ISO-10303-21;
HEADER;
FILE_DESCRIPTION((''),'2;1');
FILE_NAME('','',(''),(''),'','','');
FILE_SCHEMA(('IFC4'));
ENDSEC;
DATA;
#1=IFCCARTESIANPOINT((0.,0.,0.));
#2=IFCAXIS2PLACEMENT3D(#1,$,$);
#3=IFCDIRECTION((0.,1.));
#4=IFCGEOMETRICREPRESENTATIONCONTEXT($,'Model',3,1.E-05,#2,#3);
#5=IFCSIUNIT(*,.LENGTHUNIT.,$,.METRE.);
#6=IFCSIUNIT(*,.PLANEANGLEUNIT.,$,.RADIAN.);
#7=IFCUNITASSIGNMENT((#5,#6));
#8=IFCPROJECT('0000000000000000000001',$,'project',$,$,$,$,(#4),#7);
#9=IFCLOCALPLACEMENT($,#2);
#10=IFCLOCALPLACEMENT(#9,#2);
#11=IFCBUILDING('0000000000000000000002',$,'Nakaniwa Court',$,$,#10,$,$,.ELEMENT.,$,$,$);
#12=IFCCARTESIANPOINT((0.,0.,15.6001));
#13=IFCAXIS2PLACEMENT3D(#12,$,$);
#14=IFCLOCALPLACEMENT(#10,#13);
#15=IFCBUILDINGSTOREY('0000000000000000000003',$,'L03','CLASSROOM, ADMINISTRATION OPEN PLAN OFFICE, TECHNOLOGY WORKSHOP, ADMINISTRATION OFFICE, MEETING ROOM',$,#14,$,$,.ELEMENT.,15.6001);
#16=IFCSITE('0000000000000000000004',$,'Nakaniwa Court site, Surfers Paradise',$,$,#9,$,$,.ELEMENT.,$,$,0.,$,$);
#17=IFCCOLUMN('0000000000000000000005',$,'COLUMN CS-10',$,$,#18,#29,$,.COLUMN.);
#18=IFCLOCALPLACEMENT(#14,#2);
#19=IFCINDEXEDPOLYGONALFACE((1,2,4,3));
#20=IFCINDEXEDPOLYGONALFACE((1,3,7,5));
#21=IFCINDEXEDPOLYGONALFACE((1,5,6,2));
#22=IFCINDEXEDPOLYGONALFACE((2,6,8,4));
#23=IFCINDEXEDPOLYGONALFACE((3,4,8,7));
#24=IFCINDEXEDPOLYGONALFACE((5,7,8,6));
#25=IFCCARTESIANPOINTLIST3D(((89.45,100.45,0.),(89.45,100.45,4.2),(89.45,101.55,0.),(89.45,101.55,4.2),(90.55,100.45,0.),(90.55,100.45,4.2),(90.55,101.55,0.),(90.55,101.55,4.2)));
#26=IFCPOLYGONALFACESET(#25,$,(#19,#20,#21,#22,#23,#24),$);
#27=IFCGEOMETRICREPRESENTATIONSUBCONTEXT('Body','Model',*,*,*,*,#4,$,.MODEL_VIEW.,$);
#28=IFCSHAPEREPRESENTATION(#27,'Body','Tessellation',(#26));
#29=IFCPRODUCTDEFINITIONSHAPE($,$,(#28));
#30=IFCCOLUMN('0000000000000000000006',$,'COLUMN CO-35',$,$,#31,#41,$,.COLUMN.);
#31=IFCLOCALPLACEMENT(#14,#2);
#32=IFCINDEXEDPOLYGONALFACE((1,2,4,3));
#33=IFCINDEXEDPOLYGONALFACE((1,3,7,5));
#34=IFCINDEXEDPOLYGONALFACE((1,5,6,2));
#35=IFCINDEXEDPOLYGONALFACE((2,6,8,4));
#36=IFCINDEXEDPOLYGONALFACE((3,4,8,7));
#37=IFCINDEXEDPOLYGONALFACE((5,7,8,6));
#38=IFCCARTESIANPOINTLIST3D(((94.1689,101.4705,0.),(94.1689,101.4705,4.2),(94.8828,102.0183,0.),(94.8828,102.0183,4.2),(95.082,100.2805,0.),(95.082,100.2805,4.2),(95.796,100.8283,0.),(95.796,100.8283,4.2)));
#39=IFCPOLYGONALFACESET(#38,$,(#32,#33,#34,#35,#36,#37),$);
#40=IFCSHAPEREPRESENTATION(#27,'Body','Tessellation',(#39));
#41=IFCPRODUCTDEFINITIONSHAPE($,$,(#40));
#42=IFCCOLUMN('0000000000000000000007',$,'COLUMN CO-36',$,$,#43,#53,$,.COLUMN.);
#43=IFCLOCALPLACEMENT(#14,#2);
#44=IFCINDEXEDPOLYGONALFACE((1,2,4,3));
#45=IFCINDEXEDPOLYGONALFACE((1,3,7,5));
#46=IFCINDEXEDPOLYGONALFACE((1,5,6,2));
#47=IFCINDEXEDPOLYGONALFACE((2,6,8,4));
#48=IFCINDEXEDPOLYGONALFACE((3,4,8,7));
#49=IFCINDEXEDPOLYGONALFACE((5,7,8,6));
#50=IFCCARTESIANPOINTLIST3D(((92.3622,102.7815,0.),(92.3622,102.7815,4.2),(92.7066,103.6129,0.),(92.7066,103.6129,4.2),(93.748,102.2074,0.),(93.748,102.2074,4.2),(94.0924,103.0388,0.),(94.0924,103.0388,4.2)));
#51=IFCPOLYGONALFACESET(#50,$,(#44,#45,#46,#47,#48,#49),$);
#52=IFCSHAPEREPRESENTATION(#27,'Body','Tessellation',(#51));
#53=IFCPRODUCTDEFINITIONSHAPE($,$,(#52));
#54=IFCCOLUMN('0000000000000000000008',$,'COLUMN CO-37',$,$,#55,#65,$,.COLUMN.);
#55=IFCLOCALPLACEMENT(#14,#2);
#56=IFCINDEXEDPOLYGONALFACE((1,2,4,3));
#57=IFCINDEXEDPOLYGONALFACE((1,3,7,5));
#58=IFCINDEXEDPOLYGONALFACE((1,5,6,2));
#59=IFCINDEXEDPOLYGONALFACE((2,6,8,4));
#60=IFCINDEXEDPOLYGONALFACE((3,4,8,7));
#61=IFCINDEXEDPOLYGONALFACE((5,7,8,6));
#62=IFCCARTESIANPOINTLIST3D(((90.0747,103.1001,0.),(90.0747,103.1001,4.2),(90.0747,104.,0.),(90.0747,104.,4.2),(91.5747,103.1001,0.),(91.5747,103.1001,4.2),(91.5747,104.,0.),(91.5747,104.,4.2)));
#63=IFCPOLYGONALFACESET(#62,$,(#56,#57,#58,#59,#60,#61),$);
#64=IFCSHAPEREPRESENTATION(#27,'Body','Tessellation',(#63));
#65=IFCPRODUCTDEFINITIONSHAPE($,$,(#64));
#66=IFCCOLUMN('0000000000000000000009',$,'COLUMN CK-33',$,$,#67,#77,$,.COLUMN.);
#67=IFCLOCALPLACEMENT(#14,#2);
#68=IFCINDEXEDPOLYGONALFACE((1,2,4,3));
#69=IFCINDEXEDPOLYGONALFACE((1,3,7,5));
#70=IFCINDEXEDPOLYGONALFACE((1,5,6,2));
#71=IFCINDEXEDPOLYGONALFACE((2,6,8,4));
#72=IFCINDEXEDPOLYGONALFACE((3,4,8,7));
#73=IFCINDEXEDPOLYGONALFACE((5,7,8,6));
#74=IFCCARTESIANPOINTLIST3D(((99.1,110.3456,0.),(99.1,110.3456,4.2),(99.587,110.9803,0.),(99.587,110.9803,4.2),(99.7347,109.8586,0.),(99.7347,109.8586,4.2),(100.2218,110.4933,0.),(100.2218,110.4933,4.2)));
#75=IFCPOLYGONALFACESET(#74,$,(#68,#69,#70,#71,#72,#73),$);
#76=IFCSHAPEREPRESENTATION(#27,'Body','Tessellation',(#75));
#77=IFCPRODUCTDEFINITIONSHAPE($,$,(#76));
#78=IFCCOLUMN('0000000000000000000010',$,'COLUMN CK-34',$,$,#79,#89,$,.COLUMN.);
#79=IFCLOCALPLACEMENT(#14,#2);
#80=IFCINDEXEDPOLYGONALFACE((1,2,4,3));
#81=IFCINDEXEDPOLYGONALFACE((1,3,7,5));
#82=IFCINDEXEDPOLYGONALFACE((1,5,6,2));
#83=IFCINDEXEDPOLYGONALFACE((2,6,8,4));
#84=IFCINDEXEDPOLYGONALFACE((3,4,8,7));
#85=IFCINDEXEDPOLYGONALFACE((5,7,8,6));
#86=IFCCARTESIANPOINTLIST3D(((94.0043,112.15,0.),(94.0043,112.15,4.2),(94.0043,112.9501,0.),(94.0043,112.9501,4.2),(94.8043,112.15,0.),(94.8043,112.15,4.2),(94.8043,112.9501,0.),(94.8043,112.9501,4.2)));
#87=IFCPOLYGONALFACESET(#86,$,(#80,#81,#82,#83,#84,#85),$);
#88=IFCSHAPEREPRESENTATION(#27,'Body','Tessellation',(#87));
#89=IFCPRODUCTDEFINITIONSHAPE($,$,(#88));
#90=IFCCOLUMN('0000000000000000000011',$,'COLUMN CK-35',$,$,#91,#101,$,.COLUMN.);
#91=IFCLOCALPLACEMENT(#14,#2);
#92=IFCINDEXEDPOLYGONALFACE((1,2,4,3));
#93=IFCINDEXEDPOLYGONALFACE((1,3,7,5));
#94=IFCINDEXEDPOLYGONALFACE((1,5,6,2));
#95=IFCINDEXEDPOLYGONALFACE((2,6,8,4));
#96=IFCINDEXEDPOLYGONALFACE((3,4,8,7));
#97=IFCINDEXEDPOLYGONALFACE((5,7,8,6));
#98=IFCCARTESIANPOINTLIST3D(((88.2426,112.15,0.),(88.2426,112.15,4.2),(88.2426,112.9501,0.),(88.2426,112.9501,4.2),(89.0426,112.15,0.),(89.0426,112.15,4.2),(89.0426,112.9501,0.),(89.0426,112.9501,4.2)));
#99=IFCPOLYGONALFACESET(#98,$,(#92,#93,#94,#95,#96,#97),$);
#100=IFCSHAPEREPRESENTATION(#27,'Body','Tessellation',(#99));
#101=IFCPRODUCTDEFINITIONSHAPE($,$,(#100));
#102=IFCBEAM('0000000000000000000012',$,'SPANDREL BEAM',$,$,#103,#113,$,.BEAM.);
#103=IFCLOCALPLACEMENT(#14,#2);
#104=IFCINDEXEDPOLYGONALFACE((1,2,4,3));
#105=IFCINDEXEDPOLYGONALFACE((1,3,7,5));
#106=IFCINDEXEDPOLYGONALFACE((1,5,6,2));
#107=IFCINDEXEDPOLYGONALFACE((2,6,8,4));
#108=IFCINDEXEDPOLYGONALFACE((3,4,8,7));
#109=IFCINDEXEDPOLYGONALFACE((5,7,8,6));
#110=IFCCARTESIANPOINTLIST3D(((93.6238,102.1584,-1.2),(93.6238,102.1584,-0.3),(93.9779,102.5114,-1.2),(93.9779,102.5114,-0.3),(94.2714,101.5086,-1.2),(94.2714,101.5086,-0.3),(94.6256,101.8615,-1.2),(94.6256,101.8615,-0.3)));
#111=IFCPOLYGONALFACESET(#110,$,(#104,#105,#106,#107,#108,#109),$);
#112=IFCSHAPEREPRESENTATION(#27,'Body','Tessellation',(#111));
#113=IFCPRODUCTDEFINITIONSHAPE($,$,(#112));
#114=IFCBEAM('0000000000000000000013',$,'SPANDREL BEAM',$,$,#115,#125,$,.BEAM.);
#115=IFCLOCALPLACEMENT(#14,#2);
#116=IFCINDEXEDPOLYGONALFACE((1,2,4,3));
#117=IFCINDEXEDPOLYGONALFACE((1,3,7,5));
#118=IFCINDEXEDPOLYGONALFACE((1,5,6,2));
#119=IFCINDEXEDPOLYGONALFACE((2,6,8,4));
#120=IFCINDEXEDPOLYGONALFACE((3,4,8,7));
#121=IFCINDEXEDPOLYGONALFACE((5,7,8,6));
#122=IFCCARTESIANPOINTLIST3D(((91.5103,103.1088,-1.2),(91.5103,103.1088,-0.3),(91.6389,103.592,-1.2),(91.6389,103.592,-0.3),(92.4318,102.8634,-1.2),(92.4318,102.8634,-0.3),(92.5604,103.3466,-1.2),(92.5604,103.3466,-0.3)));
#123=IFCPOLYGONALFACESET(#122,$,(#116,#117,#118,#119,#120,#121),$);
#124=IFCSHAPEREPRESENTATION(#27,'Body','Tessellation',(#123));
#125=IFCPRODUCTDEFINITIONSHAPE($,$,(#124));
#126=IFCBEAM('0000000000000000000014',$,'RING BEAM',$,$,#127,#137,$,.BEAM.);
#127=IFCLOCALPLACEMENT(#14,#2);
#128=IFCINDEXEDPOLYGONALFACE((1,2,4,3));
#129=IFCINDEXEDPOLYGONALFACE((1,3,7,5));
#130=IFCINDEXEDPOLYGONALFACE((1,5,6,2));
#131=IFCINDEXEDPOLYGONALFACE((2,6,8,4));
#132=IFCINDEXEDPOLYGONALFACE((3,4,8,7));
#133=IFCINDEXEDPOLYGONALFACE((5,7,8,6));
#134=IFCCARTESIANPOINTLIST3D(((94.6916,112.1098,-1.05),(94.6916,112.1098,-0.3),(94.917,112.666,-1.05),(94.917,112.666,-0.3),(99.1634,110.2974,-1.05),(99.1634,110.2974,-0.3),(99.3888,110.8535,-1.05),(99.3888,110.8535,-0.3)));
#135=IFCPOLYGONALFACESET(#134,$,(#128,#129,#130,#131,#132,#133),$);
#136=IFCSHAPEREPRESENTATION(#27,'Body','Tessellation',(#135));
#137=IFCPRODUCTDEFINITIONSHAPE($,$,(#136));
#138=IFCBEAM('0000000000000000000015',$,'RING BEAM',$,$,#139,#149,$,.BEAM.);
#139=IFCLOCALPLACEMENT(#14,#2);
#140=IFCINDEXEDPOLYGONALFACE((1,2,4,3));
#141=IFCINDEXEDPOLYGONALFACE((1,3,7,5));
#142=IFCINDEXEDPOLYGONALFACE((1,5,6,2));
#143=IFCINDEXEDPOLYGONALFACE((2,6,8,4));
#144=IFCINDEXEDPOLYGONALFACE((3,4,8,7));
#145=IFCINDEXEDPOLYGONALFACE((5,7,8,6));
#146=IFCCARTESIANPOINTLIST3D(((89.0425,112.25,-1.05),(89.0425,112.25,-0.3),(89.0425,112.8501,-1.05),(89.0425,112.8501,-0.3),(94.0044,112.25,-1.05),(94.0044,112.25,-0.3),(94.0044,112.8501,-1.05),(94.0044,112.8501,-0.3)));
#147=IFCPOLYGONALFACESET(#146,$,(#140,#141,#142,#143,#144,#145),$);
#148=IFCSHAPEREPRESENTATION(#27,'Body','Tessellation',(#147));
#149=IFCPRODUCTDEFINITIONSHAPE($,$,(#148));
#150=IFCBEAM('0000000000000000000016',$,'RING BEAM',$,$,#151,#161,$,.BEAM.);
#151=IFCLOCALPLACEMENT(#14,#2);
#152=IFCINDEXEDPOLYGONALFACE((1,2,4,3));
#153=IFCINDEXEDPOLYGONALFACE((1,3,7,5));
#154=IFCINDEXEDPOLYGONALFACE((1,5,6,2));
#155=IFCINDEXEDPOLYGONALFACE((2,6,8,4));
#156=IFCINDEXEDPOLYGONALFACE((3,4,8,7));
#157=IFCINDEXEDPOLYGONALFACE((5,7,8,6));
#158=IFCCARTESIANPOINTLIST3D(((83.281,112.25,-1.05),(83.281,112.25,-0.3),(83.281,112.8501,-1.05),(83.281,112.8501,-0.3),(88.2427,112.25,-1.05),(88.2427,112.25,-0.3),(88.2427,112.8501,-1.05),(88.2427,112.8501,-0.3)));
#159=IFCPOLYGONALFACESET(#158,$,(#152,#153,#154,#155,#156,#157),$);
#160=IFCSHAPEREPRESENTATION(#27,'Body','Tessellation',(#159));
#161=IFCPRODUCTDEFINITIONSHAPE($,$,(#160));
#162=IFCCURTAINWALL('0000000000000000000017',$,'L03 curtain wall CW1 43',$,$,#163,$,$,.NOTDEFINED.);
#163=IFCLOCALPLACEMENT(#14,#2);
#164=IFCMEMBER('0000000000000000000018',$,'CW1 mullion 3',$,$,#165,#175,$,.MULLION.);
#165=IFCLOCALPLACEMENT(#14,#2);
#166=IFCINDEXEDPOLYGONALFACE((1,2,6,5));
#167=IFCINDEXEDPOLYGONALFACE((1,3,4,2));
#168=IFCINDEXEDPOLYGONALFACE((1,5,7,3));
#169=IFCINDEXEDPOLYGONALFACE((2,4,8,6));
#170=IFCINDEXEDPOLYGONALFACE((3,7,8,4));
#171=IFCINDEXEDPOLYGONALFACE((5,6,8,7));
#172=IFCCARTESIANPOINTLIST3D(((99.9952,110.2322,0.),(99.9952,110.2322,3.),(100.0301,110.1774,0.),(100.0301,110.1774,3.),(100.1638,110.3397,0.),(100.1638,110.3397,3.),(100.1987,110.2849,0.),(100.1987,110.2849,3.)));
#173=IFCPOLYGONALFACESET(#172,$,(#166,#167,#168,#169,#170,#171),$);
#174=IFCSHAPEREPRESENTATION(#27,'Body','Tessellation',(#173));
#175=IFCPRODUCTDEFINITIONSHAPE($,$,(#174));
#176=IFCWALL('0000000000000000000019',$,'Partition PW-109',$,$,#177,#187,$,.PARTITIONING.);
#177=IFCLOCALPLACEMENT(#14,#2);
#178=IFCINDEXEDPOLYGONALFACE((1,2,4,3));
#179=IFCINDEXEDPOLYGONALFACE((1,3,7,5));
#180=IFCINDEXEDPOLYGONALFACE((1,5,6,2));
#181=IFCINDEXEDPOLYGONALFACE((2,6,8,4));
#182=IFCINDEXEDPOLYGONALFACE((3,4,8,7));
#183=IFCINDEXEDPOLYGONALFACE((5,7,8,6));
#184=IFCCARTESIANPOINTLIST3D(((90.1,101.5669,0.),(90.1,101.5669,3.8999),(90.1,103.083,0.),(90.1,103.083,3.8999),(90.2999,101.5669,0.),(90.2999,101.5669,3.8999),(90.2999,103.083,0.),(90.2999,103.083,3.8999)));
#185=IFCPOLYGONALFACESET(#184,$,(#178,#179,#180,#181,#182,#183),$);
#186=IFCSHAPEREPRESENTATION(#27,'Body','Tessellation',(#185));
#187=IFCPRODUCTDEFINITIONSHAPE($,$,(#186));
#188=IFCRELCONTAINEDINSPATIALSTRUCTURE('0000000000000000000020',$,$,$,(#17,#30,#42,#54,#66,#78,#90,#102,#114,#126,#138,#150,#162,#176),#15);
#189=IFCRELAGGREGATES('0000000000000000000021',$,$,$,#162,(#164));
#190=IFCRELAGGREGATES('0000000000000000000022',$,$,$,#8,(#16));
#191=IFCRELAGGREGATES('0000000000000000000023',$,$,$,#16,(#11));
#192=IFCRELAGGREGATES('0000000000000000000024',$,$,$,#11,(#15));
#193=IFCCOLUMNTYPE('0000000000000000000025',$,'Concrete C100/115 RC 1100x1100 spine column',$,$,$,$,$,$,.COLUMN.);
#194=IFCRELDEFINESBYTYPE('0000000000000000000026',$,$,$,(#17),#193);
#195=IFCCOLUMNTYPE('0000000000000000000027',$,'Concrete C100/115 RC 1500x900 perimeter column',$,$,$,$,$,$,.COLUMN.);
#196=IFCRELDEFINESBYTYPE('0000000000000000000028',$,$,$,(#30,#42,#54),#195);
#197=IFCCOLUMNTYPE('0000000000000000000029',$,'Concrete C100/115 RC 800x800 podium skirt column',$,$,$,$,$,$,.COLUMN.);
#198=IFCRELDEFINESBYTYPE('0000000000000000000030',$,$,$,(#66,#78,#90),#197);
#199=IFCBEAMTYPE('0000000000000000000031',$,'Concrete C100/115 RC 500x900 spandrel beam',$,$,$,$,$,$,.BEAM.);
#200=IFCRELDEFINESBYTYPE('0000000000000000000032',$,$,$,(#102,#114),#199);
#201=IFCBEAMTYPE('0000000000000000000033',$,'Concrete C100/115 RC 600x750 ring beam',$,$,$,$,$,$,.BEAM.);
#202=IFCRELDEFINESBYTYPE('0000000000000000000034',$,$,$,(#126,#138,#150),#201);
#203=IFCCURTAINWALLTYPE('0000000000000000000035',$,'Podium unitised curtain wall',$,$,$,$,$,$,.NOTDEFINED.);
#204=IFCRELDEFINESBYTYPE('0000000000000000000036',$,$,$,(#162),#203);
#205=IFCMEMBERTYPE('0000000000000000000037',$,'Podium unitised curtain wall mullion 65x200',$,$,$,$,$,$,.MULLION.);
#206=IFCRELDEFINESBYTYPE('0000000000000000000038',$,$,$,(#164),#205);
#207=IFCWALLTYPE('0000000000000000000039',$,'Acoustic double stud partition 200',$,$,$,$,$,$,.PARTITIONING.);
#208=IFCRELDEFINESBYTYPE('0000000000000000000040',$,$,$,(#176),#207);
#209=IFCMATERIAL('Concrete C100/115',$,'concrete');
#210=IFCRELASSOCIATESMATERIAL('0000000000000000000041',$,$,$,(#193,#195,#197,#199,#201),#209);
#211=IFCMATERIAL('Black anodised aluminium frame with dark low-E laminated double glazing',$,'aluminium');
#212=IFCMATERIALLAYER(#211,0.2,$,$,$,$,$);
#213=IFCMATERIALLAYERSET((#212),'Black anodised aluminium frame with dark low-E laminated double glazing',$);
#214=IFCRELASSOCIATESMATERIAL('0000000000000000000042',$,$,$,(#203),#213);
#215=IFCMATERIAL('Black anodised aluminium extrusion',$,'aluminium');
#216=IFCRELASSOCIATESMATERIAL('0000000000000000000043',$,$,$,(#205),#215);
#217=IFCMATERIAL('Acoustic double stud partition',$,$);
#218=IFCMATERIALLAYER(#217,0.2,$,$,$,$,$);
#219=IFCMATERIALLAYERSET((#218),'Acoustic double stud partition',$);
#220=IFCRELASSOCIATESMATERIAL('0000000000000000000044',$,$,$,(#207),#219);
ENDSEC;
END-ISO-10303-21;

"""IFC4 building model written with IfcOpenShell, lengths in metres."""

from ifc_helpers import new_model, si_unit, direction, frame, frame_2d, origin, origin_2d, place, context, subcontext, project, spatial, rectangle, extrude, material, layer, layer_set, material_profile, profile_set, type_object, element, aggregate, save


model = new_model("IFC4")

# Units and contexts
model_context = context("Model", 3, precision=1e-05, world=origin(), true_north=direction((0.0, 1.0)))
body_context = subcontext(model_context, "Body", "Model", "MODEL_VIEW")
ifc_project = project(units=[si_unit("LENGTHUNIT", "METRE"), si_unit("PLANEANGLEUNIT", "RADIAN")], contexts=[model_context])

# Site, building, storey
site_placement = place(None, origin())
site = spatial("IfcSite", under=ifc_project, at=site_placement, Name="Nakaniwa Court site, Surfers Paradise", CompositionType="ELEMENT", RefElevation=0.0)
building_placement = place(site_placement, origin())
building = spatial("IfcBuilding", under=site, at=building_placement, Name="Nakaniwa Court", CompositionType="ELEMENT")
storey_placement = place(building_placement, frame((0.0, 0.0, 15.6001)))
storey = spatial("IfcBuildingStorey", under=building, at=storey_placement, Name="L03", Description="CLASSROOM, ADMINISTRATION OPEN PLAN OFFICE, TECHNOLOGY WORKSHOP, ADMINISTRATION OFFICE, MEETING ROOM", CompositionType="ELEMENT", Elevation=15.6001)

# Columns
ifc_material_1 = material(Name="Concrete C100/115", Category="concrete")
ifc_material_profile_1 = material_profile(ifc_material_1, rectangle(XDim=1.1001, YDim=1.1001, at=origin_2d()), Name="Concrete C100/115 RC 1100x1100 spine column")
ifc_profile_set_1 = profile_set([ifc_material_profile_1], Name="Concrete C100/115")
column_type_1 = type_object("IfcColumnType", Name="Concrete C100/115 RC 1100x1100 spine column", PredefinedType="COLUMN", material=ifc_profile_set_1)
column_placement = place(storey_placement, frame((90.0, 101.0, 0.0), z_axis=(0.0, 0.0, 1.0), x_axis=(0.0, 1.0, 0.0)))
element("IfcColumn", 1, at=column_placement, inside=storey, type_object=column_type_1, Name="COLUMN CS-10", PredefinedType="COLUMN", context=body_context, shape_type="SweptSolid", body=[
    extrude(rectangle(XDim=1.1001, YDim=1.1001, at=origin_2d()), origin(), (0.0, 0.0, 1.0), 4.2),
])
ifc_material_profile_2 = material_profile(ifc_material_1, rectangle(XDim=1.5, YDim=0.8999, at=origin_2d()), Name="Concrete C100/115 RC 1500x900 perimeter column")
ifc_profile_set_2 = profile_set([ifc_material_profile_2], Name="Concrete C100/115")
column_type_2 = type_object("IfcColumnType", Name="Concrete C100/115 RC 1500x900 perimeter column", PredefinedType="COLUMN", material=ifc_profile_set_2)
for number, where, z_axis, x_axis, name in (
    (2, (94.9824, 101.1494, 0.0), (0.0, 0.0, 1.0), (-0.608761, 0.793353, 0.0), "COLUMN CO-35"),
    (3, (93.2273, 102.9102, 0.0), (0.0, 0.0, 1.0), (-0.92388, 0.382683, 0.0), "COLUMN CO-36"),
    (4, (90.8247, 103.55, 0.0), (0.0, 0.0, 1.0), (-1.0, 0.0, 0.0), "COLUMN CO-37"),
):
    element("IfcColumn", number, at=place(storey_placement, frame(where, z_axis=z_axis, x_axis=x_axis)), inside=storey, type_object=column_type_2, Name=name, PredefinedType="COLUMN", context=body_context, shape_type="SweptSolid", body=[
        extrude(rectangle(XDim=1.5, YDim=0.8999, at=origin_2d()), origin(), (0.0, 0.0, 1.0), 4.2),
    ])
ifc_material_profile_3 = material_profile(ifc_material_1, rectangle(XDim=0.8, YDim=0.8, at=origin_2d()), Name="Concrete C100/115 RC 800x800 podium skirt column")
ifc_profile_set_3 = profile_set([ifc_material_profile_3], Name="Concrete C100/115")
column_type_3 = type_object("IfcColumnType", Name="Concrete C100/115 RC 800x800 podium skirt column", PredefinedType="COLUMN", material=ifc_profile_set_3)
for number, where, z_axis, x_axis, name in (
    (5, (99.6609, 110.4194, 0.0), (0.0, 0.0, 1.0), (-0.793353, 0.608761, 0.0), "COLUMN CK-33"),
    (6, (94.4043, 112.55, 0.0), (0.0, 0.0, 1.0), (-1.0, 0.0, 0.0), "COLUMN CK-34"),
    (7, (88.6426, 112.55, 0.0), (0.0, 0.0, 1.0), (-1.0, 0.0, 0.0), "COLUMN CK-35"),
):
    element("IfcColumn", number, at=place(storey_placement, frame(where, z_axis=z_axis, x_axis=x_axis)), inside=storey, type_object=column_type_3, Name=name, PredefinedType="COLUMN", context=body_context, shape_type="SweptSolid", body=[
        extrude(rectangle(XDim=0.8, YDim=0.8, at=origin_2d()), origin(), (0.0, 0.0, 1.0), 4.2),
    ])

# Beams
ifc_material_profile_4 = material_profile(ifc_material_1, rectangle(XDim=0.5, YDim=0.8999, at=origin_2d()), Name="Concrete C100/115 RC 500x900 spandrel beam")
ifc_profile_set_4 = profile_set([ifc_material_profile_4], Name="Concrete C100/115")
beam_type_1 = type_object("IfcBeamType", Name="Concrete C100/115 RC 500x900 spandrel beam", PredefinedType="BEAM", material=ifc_profile_set_4)
beam_1_placement = place(storey_placement, frame((94.4485, 101.6851, -0.75), z_axis=(-0.705908, 0.708303, 0.0), x_axis=(-0.708303, -0.705908, 0.0)))
element("IfcBeam", 8, at=beam_1_placement, inside=storey, type_object=beam_type_1, Name="SPANDREL BEAM", PredefinedType="BEAM", context=body_context, shape_type="SweptSolid", body=[
    extrude(rectangle(XDim=0.5, YDim=0.8999, at=origin_2d()), origin(), (0.0, 0.0, 1.0), 0.9175),
])
beam_2_placement = place(storey_placement, frame((92.4961, 103.105, -0.75), z_axis=(-0.966324, 0.257328, 0.0), x_axis=(-0.257328, -0.966324, 0.0)))
element("IfcBeam", 9, at=beam_2_placement, inside=storey, type_object=beam_type_1, Name="SPANDREL BEAM", PredefinedType="BEAM", context=body_context, shape_type="SweptSolid", body=[
    extrude(rectangle(XDim=0.5, YDim=0.8999, at=origin_2d()), origin(), (0.0, 0.0, 1.0), 0.9536),
])
ifc_material_profile_5 = material_profile(ifc_material_1, rectangle(XDim=0.6001, YDim=0.75, at=origin_2d()), Name="Concrete C100/115 RC 600x750 ring beam")
ifc_profile_set_5 = profile_set([ifc_material_profile_5], Name="Concrete C100/115")
beam_type_2 = type_object("IfcBeamType", Name="Concrete C100/115 RC 600x750 ring beam", PredefinedType="BEAM", material=ifc_profile_set_5)
beam_3_placement = place(storey_placement, frame((99.2761, 110.5754, -0.675), z_axis=(-0.926771, 0.375626, 0.0), x_axis=(-0.375626, -0.926771, 0.0)))
element("IfcBeam", 10, at=beam_3_placement, inside=storey, type_object=beam_type_2, Name="RING BEAM", PredefinedType="BEAM", context=body_context, shape_type="SweptSolid", body=[
    extrude(rectangle(XDim=0.6001, YDim=0.75, at=origin_2d()), origin(), (0.0, 0.0, 1.0), 4.8252),
])
beam_4_placement = place(storey_placement, frame((94.0044, 112.55, -0.675), z_axis=(-1.0, 0.0, 0.0), x_axis=(0.0, -1.0, 0.0)))
element("IfcBeam", 11, at=beam_4_placement, inside=storey, type_object=beam_type_2, Name="RING BEAM", PredefinedType="BEAM", context=body_context, shape_type="SweptSolid", body=[
    extrude(rectangle(XDim=0.6001, YDim=0.75, at=origin_2d()), origin(), (0.0, 0.0, 1.0), 4.9619),
])
beam_5_placement = place(storey_placement, frame((88.2427, 112.55, -0.675), z_axis=(-1.0, 0.0, 0.0), x_axis=(0.0, -1.0, 0.0)))
element("IfcBeam", 12, at=beam_5_placement, inside=storey, type_object=beam_type_2, Name="RING BEAM", PredefinedType="BEAM", context=body_context, shape_type="SweptSolid", body=[
    extrude(rectangle(XDim=0.6001, YDim=0.75, at=origin_2d()), origin(), (0.0, 0.0, 1.0), 4.9617),
])

# Curtain wall, member
ifc_material_2 = material(Name="Black anodised aluminium frame with dark low-E laminated double glazing", Category="aluminium")
ifc_layer_1 = layer(ifc_material_2, 0.2)
ifc_layer_set_1 = layer_set([ifc_layer_1], Name="Black anodised aluminium frame with dark low-E laminated double glazing")
curtain_wall_type = type_object("IfcCurtainWallType", Name="Podium unitised curtain wall", PredefinedType="NOTDEFINED", material=ifc_layer_set_1)
curtain_wall_placement = place(storey_placement, origin())
curtain_wall = element("IfcCurtainWall", 13, at=curtain_wall_placement, inside=storey, type_object=curtain_wall_type, Name="L03 curtain wall CW1 43", PredefinedType="NOTDEFINED")
ifc_material_3 = material(Name="Black anodised aluminium extrusion", Category="aluminium")
ifc_material_profile_6 = material_profile(ifc_material_3, rectangle(XDim=0.2, YDim=0.0649, at=origin_2d()), Name="Podium unitised curtain wall mullion 65x200")
ifc_profile_set_6 = profile_set([ifc_material_profile_6], Name="Black anodised aluminium extrusion")
member_type = type_object("IfcMemberType", Name="Podium unitised curtain wall mullion 65x200", PredefinedType="MULLION", material=ifc_profile_set_6)
member_placement = place(storey_placement, frame((100.0969, 110.2585, 0.0), z_axis=(0.0, 0.0, 1.0), x_axis=(-0.843172, -0.537644, 0.0)))
member = element("IfcMember", 14, at=member_placement, type_object=member_type, Name="CW1 mullion 3", PredefinedType="MULLION", context=body_context, shape_type="SweptSolid", body=[
    extrude(rectangle(XDim=0.2, YDim=0.0649, at=origin_2d()), origin(), (0.0, 0.0, 1.0), 3.0),
])
aggregate(curtain_wall, [member])

# Wall
ifc_material_4 = material(Name="Acoustic double stud partition")
ifc_layer_2 = layer(ifc_material_4, 0.2)
ifc_layer_set_2 = layer_set([ifc_layer_2], Name="Acoustic double stud partition")
wall_type_1 = type_object("IfcWallType", Name="Acoustic double stud partition 200", PredefinedType="PARTITIONING", material=ifc_layer_set_2)
wall_1_placement = place(storey_placement, frame((90.2, 101.5669, 0.0), z_axis=(0.0, 0.0, 1.0), x_axis=(0.0, 1.0, 0.0)))
element("IfcWall", 15, at=wall_1_placement, inside=storey, type_object=wall_type_1, Name="Partition PW-109", PredefinedType="PARTITIONING", context=body_context, shape_type="SweptSolid", body=[
    extrude(rectangle(XDim=1.5161, YDim=0.2, at=frame_2d((0.7581, 0.0))), origin(), (0.0, 0.0, 1.0), 3.8999),
])

save(model, "model.ifc")
